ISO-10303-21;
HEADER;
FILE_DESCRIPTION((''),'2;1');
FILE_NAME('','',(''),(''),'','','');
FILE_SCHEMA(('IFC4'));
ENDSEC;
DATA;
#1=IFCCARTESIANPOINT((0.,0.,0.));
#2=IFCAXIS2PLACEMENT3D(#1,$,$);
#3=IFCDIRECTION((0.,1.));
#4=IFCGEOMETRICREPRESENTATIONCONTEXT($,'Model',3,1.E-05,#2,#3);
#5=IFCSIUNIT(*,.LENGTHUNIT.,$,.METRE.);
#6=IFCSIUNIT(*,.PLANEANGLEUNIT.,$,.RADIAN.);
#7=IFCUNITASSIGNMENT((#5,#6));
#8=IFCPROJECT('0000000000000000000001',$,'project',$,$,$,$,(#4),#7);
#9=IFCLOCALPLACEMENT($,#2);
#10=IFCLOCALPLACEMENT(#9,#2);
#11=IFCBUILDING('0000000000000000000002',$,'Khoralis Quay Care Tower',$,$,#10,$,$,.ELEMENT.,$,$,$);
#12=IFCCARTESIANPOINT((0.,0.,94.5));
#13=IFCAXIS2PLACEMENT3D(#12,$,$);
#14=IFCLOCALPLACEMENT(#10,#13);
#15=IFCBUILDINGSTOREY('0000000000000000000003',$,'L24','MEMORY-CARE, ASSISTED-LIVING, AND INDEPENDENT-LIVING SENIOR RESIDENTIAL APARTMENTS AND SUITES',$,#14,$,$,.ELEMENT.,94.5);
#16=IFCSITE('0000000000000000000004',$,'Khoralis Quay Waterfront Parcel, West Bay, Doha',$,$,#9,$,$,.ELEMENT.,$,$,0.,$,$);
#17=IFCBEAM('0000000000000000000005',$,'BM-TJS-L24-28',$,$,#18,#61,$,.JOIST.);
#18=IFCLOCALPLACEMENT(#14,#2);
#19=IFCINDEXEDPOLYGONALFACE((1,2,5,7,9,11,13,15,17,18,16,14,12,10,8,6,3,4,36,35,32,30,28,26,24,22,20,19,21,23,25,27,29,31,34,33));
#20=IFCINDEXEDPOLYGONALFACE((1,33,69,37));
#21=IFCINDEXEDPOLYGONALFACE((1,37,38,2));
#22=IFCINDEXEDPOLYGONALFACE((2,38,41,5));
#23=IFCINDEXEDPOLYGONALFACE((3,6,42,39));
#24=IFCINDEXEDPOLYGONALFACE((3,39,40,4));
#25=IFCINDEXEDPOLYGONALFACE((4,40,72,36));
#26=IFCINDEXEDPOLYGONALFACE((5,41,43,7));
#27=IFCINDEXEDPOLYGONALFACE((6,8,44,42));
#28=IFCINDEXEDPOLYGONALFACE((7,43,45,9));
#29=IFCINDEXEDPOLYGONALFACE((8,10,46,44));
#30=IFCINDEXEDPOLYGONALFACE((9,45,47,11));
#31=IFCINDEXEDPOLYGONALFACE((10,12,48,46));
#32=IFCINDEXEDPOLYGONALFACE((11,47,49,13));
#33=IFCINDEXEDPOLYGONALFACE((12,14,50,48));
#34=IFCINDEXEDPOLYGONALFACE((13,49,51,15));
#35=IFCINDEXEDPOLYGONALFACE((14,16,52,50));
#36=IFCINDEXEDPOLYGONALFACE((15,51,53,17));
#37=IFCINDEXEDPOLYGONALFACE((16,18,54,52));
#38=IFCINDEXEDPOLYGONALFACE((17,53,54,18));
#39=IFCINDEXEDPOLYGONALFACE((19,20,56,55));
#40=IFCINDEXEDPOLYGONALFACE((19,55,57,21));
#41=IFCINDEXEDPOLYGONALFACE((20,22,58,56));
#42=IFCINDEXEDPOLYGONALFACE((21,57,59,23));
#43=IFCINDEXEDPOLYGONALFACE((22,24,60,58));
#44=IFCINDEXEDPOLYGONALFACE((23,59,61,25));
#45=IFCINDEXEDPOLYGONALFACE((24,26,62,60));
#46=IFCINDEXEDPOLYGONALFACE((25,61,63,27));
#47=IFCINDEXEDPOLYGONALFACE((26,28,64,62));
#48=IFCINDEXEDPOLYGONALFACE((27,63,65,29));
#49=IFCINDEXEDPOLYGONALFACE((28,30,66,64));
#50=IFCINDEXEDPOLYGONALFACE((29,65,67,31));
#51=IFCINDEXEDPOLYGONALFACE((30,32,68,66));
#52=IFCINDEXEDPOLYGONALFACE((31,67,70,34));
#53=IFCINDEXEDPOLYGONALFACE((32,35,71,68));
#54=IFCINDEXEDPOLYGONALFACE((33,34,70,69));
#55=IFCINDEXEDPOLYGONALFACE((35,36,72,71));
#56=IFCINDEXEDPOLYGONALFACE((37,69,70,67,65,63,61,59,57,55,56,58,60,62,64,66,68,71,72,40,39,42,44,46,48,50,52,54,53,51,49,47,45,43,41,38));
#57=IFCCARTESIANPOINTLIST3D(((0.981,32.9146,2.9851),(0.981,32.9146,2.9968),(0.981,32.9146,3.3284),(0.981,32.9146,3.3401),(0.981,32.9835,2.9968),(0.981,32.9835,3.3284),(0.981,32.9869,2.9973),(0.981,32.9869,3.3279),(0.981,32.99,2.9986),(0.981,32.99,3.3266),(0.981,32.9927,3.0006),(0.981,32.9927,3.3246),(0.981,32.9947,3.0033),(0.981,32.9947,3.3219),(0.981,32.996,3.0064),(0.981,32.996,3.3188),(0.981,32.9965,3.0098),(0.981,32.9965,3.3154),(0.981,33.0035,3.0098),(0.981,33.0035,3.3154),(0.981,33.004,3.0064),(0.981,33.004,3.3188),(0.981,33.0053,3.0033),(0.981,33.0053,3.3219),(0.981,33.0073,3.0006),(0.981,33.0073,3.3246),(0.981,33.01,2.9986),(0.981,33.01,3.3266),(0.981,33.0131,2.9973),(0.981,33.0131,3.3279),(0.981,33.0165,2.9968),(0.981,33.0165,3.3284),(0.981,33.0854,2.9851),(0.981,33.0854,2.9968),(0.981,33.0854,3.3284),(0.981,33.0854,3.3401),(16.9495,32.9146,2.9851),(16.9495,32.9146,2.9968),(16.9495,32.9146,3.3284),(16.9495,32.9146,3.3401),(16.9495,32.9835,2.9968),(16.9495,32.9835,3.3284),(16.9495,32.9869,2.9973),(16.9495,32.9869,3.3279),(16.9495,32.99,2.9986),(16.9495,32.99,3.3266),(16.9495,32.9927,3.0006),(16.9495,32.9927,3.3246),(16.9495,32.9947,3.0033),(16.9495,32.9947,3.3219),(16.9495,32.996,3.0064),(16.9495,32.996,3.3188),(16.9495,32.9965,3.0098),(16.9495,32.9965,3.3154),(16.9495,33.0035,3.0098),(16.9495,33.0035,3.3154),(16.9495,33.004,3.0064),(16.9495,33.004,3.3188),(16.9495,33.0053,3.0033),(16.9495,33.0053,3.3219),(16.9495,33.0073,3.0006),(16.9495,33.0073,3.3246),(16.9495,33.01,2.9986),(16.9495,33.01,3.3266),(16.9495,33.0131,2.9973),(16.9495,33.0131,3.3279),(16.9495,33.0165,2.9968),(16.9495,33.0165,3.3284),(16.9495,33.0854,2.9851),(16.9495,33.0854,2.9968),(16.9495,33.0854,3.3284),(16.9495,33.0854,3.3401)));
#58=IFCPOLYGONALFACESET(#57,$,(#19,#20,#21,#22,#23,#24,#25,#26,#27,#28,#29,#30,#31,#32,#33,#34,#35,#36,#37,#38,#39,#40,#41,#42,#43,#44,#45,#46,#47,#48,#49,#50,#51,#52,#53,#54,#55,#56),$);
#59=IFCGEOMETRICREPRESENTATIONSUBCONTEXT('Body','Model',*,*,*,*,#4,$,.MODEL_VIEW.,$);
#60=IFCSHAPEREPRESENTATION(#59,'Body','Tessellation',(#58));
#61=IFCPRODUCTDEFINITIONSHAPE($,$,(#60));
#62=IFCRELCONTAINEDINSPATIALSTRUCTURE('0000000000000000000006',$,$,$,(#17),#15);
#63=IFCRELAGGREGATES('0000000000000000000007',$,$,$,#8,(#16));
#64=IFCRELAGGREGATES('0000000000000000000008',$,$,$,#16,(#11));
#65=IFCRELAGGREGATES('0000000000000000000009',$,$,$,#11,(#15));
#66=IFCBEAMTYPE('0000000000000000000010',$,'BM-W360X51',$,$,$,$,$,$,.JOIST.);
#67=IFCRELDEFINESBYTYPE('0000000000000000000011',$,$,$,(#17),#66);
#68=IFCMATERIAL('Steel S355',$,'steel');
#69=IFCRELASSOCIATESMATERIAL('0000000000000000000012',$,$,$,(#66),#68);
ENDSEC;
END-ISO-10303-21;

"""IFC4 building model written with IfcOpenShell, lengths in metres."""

from ifc_helpers import new_model, si_unit, direction, frame, origin, origin_2d, place, context, subcontext, project, spatial, i_section, extrude, source, transform, mapped, material, material_profile, profile_set, type_object, element, save


model = new_model("IFC4")

# Units and contexts
model_context = context("Model", 3, precision=1e-05, world=origin(), true_north=direction((0.0, 1.0)))
body_context = subcontext(model_context, "Body", "Model", "MODEL_VIEW")
ifc_project = project(units=[si_unit("LENGTHUNIT", "METRE"), si_unit("PLANEANGLEUNIT", "RADIAN")], contexts=[model_context])

# Site, building, storey
site_placement = place(None, origin())
site = spatial("IfcSite", under=ifc_project, at=site_placement, Name="Khoralis Quay Waterfront Parcel, West Bay, Doha", CompositionType="ELEMENT", RefElevation=0.0)
building_placement = place(site_placement, origin())
building = spatial("IfcBuilding", under=site, at=building_placement, Name="Khoralis Quay Care Tower", CompositionType="ELEMENT")
storey_placement = place(building_placement, frame((0.0, 0.0, 94.5)))
storey = spatial("IfcBuildingStorey", under=building, at=storey_placement, Name="L24", Description="MEMORY-CARE, ASSISTED-LIVING, AND INDEPENDENT-LIVING SENIOR RESIDENTIAL APARTMENTS AND SUITES", CompositionType="ELEMENT", Elevation=94.5)

# Beam
ifc_material_1 = material(Name="Steel S355", Category="steel")
ifc_material_profile_1 = material_profile(ifc_material_1, i_section(OverallWidth=0.1709, OverallDepth=0.355, WebThickness=0.0071, FlangeThickness=0.0117, FilletRadius=0.0129, at=origin_2d()), Name="Steel S355")
ifc_profile_set_1 = profile_set([ifc_material_profile_1], Name="Steel S355")
beam_type_1 = type_object("IfcBeamType", Name="BM-W360X51", PredefinedType="JOIST", material=ifc_profile_set_1)
shared_shape_1 = source(origin(), body_context, "Body", "SweptSolid", [
    extrude(i_section(OverallWidth=0.1709, OverallDepth=0.355, WebThickness=0.0071, FlangeThickness=0.0117, FilletRadius=0.0129, at=origin_2d()), origin(), (0.0, 0.0, 1.0), 15.9685),
])
beam_1_placement = place(storey_placement, frame((0.981, 33.0, 3.1626), z_axis=(1.0, 0.0, 0.0), x_axis=(0.0, 1.0, 0.0)))
element("IfcBeam", 1, at=beam_1_placement, inside=storey, type_object=beam_type_1, Name="BM-TJS-L24-28", PredefinedType="JOIST", context=body_context, shape_type="MappedRepresentation", body=[
    mapped(shared_shape_1, transform((0.0, 0.0, 0.0), scale=1.0)),
])

save(model, "model.ifc")
